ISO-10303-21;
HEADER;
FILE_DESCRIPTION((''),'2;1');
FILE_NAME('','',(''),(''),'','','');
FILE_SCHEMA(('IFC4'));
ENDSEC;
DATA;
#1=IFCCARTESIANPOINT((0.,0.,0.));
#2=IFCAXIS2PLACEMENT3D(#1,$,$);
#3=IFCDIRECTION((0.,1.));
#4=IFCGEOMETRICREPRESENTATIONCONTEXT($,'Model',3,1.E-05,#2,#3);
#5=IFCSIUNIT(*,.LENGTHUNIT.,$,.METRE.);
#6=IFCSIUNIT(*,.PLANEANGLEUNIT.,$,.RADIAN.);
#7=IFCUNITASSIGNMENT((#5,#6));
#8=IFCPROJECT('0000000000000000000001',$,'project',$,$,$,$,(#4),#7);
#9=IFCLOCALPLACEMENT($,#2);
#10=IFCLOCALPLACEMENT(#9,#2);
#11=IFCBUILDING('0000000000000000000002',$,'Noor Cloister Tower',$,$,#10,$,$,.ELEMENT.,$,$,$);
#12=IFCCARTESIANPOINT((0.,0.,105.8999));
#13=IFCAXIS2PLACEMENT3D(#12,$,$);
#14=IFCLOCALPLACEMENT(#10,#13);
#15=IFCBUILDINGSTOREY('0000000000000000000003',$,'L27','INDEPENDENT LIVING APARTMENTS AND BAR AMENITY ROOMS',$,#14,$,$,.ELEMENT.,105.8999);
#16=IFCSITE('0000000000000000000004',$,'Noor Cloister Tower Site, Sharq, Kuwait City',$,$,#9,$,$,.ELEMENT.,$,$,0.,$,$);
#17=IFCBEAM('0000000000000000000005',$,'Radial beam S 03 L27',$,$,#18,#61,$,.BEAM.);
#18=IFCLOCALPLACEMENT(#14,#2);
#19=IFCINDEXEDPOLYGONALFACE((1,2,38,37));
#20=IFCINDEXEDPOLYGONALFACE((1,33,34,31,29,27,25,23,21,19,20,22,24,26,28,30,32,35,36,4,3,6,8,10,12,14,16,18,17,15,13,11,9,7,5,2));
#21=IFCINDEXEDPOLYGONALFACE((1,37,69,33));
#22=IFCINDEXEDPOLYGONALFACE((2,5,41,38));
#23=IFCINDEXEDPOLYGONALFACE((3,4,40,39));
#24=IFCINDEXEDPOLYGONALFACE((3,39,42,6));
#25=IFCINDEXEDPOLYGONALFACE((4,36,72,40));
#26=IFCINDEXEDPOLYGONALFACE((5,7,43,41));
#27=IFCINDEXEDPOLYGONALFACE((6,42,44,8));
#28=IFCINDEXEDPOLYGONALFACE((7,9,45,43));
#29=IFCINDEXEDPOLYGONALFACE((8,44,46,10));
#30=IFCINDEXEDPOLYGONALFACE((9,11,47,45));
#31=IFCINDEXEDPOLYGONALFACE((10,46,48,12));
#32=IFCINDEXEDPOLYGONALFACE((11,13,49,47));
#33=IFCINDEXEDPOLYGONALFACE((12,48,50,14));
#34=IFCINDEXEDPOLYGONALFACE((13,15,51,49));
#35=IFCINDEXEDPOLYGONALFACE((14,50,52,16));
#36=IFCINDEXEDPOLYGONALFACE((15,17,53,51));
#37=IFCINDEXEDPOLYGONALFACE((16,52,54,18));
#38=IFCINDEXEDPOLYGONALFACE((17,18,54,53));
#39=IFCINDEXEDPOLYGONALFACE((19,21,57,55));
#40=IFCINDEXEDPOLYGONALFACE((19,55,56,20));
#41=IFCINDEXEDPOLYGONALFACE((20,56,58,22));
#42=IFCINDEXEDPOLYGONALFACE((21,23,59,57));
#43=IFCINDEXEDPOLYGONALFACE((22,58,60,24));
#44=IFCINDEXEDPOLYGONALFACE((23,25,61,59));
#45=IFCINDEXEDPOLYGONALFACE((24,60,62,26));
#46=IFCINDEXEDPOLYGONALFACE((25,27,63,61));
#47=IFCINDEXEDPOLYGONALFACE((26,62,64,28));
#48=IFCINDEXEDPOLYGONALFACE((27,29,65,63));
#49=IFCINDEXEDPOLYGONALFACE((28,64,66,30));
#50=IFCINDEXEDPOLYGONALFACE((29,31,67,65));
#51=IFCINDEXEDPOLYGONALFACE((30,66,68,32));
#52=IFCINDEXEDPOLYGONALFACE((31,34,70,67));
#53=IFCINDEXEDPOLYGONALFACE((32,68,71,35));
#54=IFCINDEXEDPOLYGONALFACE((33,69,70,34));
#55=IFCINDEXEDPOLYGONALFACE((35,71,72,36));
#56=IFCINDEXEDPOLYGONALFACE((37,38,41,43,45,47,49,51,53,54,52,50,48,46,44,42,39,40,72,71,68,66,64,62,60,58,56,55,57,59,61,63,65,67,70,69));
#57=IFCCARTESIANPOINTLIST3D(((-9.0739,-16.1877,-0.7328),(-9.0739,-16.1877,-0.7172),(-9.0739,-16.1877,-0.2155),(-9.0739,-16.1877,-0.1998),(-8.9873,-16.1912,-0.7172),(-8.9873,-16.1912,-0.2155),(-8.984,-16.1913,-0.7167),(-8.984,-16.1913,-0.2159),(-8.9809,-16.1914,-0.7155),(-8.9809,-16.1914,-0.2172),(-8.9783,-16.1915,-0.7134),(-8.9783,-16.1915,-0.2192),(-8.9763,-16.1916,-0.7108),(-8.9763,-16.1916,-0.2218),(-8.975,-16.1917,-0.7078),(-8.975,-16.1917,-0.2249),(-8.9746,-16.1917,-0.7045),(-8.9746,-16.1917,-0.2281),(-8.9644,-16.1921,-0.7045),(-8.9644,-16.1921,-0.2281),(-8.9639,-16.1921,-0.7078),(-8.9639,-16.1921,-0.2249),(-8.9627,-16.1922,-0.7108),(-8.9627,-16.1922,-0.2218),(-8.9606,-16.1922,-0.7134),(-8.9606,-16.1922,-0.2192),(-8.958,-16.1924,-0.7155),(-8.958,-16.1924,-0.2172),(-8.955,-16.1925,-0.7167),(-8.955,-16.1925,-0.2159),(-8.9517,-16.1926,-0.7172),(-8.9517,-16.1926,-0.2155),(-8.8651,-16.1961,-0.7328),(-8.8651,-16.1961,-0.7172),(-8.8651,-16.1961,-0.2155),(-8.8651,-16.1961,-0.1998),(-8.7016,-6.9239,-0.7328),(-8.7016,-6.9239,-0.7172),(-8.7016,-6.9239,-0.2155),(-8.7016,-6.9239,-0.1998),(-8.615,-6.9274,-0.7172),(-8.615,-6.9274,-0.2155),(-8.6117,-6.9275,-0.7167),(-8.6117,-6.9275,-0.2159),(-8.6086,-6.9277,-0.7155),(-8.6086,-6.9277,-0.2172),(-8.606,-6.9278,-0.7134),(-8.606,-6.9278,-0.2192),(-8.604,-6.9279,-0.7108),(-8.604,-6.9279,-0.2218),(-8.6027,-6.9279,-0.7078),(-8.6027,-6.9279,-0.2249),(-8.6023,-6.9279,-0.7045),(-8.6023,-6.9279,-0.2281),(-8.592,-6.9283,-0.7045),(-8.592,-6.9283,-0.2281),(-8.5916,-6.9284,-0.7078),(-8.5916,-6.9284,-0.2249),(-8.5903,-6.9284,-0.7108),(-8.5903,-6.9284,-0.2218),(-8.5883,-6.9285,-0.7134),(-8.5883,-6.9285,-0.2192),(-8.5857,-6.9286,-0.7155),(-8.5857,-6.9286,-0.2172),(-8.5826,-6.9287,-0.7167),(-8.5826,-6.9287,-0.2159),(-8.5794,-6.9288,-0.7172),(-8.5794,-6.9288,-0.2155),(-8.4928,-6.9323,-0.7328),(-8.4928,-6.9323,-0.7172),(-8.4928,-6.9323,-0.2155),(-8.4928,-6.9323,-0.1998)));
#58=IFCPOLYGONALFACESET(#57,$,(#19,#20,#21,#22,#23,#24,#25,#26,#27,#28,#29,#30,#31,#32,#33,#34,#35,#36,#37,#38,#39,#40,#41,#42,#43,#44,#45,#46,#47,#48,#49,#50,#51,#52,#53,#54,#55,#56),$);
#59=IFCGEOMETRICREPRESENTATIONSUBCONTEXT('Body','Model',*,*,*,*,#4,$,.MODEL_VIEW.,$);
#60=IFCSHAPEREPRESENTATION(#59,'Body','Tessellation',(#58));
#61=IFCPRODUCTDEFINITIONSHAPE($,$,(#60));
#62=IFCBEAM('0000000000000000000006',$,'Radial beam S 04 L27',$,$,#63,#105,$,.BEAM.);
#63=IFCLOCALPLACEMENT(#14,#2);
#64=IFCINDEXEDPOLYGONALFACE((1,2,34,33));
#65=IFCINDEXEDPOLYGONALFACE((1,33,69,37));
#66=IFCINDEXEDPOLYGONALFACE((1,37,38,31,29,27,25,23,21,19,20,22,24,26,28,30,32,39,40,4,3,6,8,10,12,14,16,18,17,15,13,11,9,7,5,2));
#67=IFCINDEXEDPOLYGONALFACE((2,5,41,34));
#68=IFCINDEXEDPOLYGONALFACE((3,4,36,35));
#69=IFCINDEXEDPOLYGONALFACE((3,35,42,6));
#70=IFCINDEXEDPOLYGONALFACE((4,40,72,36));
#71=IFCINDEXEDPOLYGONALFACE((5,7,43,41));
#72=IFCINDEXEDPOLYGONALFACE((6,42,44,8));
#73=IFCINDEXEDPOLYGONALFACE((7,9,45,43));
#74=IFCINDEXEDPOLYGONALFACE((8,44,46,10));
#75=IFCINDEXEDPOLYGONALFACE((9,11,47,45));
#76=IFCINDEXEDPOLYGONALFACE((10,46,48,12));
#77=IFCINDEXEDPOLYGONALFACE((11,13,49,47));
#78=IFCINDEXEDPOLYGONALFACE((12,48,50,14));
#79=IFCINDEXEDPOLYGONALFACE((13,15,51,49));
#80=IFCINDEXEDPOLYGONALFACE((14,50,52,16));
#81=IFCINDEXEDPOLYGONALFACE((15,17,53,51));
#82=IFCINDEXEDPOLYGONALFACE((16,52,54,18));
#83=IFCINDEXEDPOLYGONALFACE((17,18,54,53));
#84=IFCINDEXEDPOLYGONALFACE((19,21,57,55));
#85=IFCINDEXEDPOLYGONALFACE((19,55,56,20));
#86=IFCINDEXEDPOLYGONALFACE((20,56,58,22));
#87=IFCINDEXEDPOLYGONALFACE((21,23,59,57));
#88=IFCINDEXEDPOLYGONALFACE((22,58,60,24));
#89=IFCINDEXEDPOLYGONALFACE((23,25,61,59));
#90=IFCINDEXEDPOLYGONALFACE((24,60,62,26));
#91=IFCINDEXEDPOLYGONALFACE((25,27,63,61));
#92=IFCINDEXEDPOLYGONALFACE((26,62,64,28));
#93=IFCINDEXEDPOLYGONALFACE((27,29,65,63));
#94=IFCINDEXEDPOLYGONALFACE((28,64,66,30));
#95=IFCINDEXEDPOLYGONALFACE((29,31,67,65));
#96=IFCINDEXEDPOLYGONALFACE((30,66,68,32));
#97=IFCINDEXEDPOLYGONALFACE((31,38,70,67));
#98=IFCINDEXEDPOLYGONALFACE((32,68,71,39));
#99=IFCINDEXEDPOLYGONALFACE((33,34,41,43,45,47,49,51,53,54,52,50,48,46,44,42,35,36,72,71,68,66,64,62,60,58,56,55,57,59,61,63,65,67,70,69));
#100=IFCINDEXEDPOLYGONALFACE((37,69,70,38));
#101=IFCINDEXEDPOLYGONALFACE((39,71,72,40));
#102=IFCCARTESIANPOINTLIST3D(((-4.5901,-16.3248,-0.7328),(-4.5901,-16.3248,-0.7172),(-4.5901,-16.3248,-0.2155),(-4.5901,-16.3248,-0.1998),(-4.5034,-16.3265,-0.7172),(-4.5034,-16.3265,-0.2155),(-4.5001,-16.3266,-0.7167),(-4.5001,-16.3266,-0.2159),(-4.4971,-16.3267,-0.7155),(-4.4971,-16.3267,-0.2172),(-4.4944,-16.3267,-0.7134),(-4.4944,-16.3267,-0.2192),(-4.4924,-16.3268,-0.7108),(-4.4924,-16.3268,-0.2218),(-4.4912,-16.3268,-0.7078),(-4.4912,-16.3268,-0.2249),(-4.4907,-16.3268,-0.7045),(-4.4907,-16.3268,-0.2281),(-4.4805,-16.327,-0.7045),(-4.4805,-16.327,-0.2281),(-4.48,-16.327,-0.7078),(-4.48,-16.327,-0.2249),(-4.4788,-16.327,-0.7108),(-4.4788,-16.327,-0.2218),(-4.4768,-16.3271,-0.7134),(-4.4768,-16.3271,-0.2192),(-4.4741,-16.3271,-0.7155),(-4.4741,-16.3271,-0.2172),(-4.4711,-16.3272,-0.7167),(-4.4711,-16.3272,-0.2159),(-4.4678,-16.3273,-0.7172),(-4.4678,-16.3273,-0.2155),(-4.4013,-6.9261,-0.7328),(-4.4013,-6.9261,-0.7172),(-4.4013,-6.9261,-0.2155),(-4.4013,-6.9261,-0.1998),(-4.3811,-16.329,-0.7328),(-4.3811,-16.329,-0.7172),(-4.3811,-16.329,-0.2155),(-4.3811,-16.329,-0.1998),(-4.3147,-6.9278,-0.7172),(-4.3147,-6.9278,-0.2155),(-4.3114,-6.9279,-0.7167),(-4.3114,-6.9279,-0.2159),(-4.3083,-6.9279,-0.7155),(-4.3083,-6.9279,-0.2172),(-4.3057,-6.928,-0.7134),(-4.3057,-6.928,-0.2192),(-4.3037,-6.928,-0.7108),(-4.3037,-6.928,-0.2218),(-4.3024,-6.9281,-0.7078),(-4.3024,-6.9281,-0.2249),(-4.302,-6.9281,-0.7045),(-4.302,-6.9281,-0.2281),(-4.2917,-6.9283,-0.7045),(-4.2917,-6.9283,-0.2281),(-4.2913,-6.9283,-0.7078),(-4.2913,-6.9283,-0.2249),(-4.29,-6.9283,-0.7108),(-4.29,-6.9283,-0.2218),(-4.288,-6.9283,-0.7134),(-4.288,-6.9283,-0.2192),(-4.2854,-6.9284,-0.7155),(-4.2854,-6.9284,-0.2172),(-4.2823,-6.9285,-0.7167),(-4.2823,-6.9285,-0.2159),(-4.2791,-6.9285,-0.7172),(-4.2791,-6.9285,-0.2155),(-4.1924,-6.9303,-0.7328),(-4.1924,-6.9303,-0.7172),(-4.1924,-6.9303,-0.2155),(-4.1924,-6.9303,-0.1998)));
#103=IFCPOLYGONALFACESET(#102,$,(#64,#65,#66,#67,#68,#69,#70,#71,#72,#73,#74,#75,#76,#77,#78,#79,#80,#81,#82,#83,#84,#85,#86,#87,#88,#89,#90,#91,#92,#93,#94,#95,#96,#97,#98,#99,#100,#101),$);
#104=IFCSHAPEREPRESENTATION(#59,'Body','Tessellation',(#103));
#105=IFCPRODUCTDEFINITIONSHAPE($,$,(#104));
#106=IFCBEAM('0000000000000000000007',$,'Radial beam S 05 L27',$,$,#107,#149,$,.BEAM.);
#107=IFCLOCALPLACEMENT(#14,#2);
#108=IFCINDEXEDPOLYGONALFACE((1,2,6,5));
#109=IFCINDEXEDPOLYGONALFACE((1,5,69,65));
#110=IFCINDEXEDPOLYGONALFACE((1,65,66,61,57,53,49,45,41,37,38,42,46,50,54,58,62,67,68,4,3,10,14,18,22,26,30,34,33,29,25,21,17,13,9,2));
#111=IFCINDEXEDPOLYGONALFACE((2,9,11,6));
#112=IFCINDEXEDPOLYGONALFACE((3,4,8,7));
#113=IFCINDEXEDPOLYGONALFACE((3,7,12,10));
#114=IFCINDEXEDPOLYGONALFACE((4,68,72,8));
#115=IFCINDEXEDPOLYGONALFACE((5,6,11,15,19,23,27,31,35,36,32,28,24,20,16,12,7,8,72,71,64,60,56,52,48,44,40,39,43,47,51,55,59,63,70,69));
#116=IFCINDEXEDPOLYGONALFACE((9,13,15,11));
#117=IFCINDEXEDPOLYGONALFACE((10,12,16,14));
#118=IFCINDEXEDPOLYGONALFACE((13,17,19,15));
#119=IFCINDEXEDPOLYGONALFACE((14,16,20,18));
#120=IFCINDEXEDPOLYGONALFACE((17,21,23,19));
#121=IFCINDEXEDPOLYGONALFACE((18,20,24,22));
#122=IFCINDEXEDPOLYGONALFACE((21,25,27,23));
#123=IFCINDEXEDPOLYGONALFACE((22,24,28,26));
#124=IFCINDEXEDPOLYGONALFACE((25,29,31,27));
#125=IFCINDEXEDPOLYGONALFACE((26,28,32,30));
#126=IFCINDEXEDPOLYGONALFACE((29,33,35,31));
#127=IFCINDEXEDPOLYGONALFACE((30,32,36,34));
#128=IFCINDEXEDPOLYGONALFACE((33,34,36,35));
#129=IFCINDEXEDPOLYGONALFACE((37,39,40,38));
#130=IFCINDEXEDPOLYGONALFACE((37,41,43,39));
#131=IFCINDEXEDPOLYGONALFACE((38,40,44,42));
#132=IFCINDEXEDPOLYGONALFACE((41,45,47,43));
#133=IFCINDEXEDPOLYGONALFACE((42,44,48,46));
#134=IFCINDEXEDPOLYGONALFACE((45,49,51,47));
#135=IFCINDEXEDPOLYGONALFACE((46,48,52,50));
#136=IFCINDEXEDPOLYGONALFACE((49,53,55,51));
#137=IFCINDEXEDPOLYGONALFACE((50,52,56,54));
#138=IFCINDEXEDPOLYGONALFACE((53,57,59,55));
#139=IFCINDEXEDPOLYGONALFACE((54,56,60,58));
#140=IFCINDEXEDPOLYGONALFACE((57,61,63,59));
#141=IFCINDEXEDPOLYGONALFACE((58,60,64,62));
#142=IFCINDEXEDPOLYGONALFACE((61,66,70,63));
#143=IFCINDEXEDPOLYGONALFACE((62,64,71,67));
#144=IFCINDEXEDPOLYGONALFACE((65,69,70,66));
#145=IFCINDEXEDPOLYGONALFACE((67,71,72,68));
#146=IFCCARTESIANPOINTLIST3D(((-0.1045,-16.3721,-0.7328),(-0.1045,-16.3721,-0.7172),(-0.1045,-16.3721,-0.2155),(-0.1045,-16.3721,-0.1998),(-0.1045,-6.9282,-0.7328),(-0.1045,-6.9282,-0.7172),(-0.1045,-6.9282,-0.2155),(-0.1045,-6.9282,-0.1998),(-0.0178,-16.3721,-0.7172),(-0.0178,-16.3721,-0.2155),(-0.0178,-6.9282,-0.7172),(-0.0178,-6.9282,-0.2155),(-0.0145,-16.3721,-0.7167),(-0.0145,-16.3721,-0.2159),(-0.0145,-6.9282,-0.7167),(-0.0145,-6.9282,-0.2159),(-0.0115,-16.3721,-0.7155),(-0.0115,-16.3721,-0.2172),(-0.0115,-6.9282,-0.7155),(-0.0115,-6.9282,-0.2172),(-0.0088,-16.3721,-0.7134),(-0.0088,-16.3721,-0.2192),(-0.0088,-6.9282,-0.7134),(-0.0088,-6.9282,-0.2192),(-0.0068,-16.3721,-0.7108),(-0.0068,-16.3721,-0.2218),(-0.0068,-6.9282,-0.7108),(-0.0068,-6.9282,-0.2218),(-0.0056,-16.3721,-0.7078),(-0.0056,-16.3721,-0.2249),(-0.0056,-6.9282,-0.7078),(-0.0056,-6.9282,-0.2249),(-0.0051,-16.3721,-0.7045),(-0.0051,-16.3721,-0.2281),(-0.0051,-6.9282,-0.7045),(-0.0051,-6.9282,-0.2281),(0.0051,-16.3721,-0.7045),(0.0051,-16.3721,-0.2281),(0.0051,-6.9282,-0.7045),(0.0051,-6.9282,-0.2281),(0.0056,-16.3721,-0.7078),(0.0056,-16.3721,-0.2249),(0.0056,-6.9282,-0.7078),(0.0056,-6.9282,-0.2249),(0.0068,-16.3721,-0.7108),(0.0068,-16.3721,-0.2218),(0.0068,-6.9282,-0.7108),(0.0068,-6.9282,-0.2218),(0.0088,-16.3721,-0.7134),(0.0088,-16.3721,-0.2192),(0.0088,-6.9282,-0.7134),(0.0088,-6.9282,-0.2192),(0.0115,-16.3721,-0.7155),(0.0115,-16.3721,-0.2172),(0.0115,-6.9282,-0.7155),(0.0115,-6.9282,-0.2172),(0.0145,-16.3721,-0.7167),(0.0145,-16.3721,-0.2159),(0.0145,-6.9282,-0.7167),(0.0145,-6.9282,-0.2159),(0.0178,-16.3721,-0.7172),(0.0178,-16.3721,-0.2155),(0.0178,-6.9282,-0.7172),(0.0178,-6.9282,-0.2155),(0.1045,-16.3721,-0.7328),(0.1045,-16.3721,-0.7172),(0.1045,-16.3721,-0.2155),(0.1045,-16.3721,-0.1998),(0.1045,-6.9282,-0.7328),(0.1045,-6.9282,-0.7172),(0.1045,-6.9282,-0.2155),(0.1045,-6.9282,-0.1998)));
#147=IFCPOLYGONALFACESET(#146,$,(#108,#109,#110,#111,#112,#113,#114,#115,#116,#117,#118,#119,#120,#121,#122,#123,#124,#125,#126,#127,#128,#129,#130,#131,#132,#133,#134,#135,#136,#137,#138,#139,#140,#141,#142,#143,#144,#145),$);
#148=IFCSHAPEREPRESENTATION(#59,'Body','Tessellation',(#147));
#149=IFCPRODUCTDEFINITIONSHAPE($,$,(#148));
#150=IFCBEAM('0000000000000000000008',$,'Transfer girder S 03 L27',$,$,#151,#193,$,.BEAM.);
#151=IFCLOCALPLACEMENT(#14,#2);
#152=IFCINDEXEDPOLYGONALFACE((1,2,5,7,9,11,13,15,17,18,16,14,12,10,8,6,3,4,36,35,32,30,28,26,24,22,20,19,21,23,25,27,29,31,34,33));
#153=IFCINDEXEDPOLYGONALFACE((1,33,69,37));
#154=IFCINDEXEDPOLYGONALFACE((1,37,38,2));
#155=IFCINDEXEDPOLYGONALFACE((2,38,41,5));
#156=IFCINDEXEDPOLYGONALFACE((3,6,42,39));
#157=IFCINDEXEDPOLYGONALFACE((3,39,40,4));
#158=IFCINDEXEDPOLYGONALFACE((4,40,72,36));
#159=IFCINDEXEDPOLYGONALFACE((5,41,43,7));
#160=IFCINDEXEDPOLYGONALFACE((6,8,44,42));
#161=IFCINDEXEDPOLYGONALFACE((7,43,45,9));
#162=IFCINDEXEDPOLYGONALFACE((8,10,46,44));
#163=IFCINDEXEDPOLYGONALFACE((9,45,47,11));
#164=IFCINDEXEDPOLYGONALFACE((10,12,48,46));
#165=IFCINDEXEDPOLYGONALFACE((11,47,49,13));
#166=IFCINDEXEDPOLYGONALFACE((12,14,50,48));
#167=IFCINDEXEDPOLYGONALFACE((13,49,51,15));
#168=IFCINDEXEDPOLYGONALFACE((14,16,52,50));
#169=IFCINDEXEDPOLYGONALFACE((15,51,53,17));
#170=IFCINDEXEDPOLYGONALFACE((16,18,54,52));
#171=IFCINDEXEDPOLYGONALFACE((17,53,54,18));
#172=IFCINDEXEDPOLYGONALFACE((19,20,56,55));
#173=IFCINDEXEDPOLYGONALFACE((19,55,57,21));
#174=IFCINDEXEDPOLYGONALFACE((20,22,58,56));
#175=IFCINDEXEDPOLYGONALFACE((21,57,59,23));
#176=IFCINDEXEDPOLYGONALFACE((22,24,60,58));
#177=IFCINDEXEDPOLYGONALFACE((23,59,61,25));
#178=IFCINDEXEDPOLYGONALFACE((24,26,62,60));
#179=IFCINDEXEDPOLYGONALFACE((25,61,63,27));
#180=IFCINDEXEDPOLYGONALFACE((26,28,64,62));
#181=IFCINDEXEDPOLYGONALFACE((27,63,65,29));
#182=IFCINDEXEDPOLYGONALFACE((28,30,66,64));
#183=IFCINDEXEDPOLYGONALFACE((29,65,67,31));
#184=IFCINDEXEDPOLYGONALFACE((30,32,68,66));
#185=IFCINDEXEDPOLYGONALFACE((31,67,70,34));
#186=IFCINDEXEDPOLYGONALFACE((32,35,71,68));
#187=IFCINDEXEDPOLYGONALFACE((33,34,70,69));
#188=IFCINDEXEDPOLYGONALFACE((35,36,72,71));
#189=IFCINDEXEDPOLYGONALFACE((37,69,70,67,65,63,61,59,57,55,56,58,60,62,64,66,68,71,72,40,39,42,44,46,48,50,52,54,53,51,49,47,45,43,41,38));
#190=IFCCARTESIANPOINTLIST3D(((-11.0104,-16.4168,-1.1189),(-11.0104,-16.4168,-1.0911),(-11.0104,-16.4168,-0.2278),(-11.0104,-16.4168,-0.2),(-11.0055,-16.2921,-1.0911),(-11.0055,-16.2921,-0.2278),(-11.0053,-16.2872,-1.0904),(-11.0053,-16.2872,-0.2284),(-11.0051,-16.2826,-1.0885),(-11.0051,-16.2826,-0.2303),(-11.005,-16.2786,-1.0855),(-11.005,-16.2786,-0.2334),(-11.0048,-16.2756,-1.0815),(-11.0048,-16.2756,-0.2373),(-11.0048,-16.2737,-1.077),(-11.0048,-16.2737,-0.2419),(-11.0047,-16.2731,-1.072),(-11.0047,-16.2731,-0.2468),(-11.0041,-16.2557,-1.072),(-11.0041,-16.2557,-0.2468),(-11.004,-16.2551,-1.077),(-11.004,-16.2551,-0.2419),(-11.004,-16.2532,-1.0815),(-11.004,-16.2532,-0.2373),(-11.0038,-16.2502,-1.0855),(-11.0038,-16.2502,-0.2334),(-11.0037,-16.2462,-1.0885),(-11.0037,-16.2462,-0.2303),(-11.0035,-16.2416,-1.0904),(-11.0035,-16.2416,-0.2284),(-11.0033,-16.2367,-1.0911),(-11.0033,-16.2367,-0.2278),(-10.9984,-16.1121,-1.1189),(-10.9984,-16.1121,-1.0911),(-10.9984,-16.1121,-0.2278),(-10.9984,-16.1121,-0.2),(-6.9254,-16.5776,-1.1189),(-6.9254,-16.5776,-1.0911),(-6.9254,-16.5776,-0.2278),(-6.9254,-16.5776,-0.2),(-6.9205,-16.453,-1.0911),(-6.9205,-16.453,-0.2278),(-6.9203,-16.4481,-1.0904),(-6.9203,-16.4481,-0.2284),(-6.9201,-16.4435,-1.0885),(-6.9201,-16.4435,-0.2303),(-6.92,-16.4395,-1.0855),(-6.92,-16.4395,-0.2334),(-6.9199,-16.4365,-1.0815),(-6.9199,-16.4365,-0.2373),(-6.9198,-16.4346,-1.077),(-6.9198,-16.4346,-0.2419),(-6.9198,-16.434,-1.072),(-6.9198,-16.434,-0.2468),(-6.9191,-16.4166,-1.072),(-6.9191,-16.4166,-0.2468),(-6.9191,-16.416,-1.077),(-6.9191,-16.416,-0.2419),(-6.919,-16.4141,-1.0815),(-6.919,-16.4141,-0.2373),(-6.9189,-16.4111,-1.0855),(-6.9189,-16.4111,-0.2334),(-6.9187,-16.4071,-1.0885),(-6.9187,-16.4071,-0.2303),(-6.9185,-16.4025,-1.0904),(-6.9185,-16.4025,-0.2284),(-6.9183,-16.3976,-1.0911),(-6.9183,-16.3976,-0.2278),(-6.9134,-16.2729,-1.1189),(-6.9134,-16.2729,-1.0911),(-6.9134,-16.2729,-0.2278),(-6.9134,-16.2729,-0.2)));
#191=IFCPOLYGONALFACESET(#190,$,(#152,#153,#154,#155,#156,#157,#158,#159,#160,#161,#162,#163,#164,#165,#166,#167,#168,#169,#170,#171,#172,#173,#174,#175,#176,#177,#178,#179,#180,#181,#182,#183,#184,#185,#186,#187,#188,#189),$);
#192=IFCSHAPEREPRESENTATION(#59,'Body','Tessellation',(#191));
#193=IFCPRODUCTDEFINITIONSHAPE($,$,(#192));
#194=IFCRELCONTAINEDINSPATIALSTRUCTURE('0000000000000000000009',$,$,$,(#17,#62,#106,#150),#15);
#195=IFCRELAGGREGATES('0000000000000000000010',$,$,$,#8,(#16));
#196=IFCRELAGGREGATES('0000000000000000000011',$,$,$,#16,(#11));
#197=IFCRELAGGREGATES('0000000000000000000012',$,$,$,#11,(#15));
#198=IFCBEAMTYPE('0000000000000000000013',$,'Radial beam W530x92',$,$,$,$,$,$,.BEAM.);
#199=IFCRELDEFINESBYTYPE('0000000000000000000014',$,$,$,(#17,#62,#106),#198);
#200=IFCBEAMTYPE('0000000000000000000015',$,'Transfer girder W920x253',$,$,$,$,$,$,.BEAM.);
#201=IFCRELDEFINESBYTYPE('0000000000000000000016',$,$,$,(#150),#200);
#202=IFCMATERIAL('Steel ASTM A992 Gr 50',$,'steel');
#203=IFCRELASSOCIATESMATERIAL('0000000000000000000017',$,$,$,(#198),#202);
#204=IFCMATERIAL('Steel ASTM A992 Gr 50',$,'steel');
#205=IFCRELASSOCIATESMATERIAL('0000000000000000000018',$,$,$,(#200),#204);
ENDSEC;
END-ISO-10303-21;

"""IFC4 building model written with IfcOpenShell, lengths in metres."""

from ifc_helpers import new_model, si_unit, direction, frame, origin, origin_2d, place, context, subcontext, project, spatial, i_section, extrude, material, material_profile, profile_set, type_object, element, save


model = new_model("IFC4")

# Units and contexts
model_context = context("Model", 3, precision=1e-05, world=origin(), true_north=direction((0.0, 1.0)))
body_context = subcontext(model_context, "Body", "Model", "MODEL_VIEW")
ifc_project = project(units=[si_unit("LENGTHUNIT", "METRE"), si_unit("PLANEANGLEUNIT", "RADIAN")], contexts=[model_context])

# Site, building, storey
site_placement = place(None, origin())
site = spatial("IfcSite", under=ifc_project, at=site_placement, Name="Noor Cloister Tower Site, Sharq, Kuwait City", CompositionType="ELEMENT", RefElevation=0.0)
building_placement = place(site_placement, origin())
building = spatial("IfcBuilding", under=site, at=building_placement, Name="Noor Cloister Tower", CompositionType="ELEMENT")
storey_placement = place(building_placement, frame((0.0, 0.0, 105.8999)))
storey = spatial("IfcBuildingStorey", under=building, at=storey_placement, Name="L27", Description="INDEPENDENT LIVING APARTMENTS AND BAR AMENITY ROOMS", CompositionType="ELEMENT", Elevation=105.8999)

# Beams
ifc_material_1 = material(Name="Steel ASTM A992 Gr 50", Category="steel")
ifc_material_profile_1 = material_profile(ifc_material_1, i_section(OverallWidth=0.209, OverallDepth=0.533, WebThickness=0.0103, FlangeThickness=0.0156, FilletRadius=0.0127, at=origin_2d()), Name="W530x92")
ifc_profile_set_1 = profile_set([ifc_material_profile_1], Name="Steel ASTM A992 Gr 50")
beam_type_1 = type_object("IfcBeamType", Name="Radial beam W530x92", PredefinedType="BEAM", material=ifc_profile_set_1)
beam_1_placement = place(storey_placement, frame((-8.9695, -16.1919, -0.4663), z_axis=(0.040158, 0.999193, 0.0), x_axis=(-0.999193, 0.040158, 0.0)))
element("IfcBeam", 1, at=beam_1_placement, inside=storey, type_object=beam_type_1, Name="Radial beam S 03 L27", PredefinedType="BEAM", context=body_context, shape_type="SweptSolid", body=[
    extrude(i_section(OverallWidth=0.209, OverallDepth=0.533, WebThickness=0.0103, FlangeThickness=0.0156, FilletRadius=0.0127, at=origin_2d()), origin(), (0.0, 0.0, 1.0), 9.2712),
])
beam_2_placement = place(storey_placement, frame((-4.4856, -16.3269, -0.4663), z_axis=(0.020075, 0.999798, 0.0), x_axis=(-0.999798, 0.020075, 0.0)))
element("IfcBeam", 2, at=beam_2_placement, inside=storey, type_object=beam_type_1, Name="Radial beam S 04 L27", PredefinedType="BEAM", context=body_context, shape_type="SweptSolid", body=[
    extrude(i_section(OverallWidth=0.209, OverallDepth=0.533, WebThickness=0.0103, FlangeThickness=0.0156, FilletRadius=0.0127, at=origin_2d()), origin(), (0.0, 0.0, 1.0), 9.4006),
])
beam_3_placement = place(storey_placement, frame((0.0, -16.3721, -0.4663), z_axis=(0.0, 1.0, 0.0), x_axis=(-1.0, 0.0, 0.0)))
element("IfcBeam", 3, at=beam_3_placement, inside=storey, type_object=beam_type_1, Name="Radial beam S 05 L27", PredefinedType="BEAM", context=body_context, shape_type="SweptSolid", body=[
    extrude(i_section(OverallWidth=0.209, OverallDepth=0.533, WebThickness=0.0103, FlangeThickness=0.0156, FilletRadius=0.0127, at=origin_2d()), origin(), (0.0, 0.0, 1.0), 9.4438),
])
ifc_material_2 = material(Name="Steel ASTM A992 Gr 50", Category="steel")
ifc_material_profile_2 = material_profile(ifc_material_2, i_section(OverallWidth=0.3049, OverallDepth=0.9189, WebThickness=0.0173, FlangeThickness=0.0278, FilletRadius=0.019, at=origin_2d()), Name="W920x253")
ifc_profile_set_2 = profile_set([ifc_material_profile_2], Name="Steel ASTM A992 Gr 50")
beam_type_2 = type_object("IfcBeamType", Name="Transfer girder W920x253", PredefinedType="BEAM", material=ifc_profile_set_2)
for number, where, z_axis, x_axis, name in (
    (4, (-11.0044, -16.2644, -0.6594), (0.999225, -0.039355, 0.0), (0.039355, 0.999225, 0.0), "Transfer girder S 03 L27"),
):
    element("IfcBeam", number, at=place(storey_placement, frame(where, z_axis=z_axis, x_axis=x_axis)), inside=storey, type_object=beam_type_2, Name=name, PredefinedType="BEAM", context=body_context, shape_type="SweptSolid", body=[
        extrude(i_section(OverallWidth=0.3049, OverallDepth=0.9189, WebThickness=0.0173, FlangeThickness=0.0278, FilletRadius=0.019, at=origin_2d()), origin(), (0.0, 0.0, 1.0), 4.0881),
    ])

save(model, "model.ifc")
